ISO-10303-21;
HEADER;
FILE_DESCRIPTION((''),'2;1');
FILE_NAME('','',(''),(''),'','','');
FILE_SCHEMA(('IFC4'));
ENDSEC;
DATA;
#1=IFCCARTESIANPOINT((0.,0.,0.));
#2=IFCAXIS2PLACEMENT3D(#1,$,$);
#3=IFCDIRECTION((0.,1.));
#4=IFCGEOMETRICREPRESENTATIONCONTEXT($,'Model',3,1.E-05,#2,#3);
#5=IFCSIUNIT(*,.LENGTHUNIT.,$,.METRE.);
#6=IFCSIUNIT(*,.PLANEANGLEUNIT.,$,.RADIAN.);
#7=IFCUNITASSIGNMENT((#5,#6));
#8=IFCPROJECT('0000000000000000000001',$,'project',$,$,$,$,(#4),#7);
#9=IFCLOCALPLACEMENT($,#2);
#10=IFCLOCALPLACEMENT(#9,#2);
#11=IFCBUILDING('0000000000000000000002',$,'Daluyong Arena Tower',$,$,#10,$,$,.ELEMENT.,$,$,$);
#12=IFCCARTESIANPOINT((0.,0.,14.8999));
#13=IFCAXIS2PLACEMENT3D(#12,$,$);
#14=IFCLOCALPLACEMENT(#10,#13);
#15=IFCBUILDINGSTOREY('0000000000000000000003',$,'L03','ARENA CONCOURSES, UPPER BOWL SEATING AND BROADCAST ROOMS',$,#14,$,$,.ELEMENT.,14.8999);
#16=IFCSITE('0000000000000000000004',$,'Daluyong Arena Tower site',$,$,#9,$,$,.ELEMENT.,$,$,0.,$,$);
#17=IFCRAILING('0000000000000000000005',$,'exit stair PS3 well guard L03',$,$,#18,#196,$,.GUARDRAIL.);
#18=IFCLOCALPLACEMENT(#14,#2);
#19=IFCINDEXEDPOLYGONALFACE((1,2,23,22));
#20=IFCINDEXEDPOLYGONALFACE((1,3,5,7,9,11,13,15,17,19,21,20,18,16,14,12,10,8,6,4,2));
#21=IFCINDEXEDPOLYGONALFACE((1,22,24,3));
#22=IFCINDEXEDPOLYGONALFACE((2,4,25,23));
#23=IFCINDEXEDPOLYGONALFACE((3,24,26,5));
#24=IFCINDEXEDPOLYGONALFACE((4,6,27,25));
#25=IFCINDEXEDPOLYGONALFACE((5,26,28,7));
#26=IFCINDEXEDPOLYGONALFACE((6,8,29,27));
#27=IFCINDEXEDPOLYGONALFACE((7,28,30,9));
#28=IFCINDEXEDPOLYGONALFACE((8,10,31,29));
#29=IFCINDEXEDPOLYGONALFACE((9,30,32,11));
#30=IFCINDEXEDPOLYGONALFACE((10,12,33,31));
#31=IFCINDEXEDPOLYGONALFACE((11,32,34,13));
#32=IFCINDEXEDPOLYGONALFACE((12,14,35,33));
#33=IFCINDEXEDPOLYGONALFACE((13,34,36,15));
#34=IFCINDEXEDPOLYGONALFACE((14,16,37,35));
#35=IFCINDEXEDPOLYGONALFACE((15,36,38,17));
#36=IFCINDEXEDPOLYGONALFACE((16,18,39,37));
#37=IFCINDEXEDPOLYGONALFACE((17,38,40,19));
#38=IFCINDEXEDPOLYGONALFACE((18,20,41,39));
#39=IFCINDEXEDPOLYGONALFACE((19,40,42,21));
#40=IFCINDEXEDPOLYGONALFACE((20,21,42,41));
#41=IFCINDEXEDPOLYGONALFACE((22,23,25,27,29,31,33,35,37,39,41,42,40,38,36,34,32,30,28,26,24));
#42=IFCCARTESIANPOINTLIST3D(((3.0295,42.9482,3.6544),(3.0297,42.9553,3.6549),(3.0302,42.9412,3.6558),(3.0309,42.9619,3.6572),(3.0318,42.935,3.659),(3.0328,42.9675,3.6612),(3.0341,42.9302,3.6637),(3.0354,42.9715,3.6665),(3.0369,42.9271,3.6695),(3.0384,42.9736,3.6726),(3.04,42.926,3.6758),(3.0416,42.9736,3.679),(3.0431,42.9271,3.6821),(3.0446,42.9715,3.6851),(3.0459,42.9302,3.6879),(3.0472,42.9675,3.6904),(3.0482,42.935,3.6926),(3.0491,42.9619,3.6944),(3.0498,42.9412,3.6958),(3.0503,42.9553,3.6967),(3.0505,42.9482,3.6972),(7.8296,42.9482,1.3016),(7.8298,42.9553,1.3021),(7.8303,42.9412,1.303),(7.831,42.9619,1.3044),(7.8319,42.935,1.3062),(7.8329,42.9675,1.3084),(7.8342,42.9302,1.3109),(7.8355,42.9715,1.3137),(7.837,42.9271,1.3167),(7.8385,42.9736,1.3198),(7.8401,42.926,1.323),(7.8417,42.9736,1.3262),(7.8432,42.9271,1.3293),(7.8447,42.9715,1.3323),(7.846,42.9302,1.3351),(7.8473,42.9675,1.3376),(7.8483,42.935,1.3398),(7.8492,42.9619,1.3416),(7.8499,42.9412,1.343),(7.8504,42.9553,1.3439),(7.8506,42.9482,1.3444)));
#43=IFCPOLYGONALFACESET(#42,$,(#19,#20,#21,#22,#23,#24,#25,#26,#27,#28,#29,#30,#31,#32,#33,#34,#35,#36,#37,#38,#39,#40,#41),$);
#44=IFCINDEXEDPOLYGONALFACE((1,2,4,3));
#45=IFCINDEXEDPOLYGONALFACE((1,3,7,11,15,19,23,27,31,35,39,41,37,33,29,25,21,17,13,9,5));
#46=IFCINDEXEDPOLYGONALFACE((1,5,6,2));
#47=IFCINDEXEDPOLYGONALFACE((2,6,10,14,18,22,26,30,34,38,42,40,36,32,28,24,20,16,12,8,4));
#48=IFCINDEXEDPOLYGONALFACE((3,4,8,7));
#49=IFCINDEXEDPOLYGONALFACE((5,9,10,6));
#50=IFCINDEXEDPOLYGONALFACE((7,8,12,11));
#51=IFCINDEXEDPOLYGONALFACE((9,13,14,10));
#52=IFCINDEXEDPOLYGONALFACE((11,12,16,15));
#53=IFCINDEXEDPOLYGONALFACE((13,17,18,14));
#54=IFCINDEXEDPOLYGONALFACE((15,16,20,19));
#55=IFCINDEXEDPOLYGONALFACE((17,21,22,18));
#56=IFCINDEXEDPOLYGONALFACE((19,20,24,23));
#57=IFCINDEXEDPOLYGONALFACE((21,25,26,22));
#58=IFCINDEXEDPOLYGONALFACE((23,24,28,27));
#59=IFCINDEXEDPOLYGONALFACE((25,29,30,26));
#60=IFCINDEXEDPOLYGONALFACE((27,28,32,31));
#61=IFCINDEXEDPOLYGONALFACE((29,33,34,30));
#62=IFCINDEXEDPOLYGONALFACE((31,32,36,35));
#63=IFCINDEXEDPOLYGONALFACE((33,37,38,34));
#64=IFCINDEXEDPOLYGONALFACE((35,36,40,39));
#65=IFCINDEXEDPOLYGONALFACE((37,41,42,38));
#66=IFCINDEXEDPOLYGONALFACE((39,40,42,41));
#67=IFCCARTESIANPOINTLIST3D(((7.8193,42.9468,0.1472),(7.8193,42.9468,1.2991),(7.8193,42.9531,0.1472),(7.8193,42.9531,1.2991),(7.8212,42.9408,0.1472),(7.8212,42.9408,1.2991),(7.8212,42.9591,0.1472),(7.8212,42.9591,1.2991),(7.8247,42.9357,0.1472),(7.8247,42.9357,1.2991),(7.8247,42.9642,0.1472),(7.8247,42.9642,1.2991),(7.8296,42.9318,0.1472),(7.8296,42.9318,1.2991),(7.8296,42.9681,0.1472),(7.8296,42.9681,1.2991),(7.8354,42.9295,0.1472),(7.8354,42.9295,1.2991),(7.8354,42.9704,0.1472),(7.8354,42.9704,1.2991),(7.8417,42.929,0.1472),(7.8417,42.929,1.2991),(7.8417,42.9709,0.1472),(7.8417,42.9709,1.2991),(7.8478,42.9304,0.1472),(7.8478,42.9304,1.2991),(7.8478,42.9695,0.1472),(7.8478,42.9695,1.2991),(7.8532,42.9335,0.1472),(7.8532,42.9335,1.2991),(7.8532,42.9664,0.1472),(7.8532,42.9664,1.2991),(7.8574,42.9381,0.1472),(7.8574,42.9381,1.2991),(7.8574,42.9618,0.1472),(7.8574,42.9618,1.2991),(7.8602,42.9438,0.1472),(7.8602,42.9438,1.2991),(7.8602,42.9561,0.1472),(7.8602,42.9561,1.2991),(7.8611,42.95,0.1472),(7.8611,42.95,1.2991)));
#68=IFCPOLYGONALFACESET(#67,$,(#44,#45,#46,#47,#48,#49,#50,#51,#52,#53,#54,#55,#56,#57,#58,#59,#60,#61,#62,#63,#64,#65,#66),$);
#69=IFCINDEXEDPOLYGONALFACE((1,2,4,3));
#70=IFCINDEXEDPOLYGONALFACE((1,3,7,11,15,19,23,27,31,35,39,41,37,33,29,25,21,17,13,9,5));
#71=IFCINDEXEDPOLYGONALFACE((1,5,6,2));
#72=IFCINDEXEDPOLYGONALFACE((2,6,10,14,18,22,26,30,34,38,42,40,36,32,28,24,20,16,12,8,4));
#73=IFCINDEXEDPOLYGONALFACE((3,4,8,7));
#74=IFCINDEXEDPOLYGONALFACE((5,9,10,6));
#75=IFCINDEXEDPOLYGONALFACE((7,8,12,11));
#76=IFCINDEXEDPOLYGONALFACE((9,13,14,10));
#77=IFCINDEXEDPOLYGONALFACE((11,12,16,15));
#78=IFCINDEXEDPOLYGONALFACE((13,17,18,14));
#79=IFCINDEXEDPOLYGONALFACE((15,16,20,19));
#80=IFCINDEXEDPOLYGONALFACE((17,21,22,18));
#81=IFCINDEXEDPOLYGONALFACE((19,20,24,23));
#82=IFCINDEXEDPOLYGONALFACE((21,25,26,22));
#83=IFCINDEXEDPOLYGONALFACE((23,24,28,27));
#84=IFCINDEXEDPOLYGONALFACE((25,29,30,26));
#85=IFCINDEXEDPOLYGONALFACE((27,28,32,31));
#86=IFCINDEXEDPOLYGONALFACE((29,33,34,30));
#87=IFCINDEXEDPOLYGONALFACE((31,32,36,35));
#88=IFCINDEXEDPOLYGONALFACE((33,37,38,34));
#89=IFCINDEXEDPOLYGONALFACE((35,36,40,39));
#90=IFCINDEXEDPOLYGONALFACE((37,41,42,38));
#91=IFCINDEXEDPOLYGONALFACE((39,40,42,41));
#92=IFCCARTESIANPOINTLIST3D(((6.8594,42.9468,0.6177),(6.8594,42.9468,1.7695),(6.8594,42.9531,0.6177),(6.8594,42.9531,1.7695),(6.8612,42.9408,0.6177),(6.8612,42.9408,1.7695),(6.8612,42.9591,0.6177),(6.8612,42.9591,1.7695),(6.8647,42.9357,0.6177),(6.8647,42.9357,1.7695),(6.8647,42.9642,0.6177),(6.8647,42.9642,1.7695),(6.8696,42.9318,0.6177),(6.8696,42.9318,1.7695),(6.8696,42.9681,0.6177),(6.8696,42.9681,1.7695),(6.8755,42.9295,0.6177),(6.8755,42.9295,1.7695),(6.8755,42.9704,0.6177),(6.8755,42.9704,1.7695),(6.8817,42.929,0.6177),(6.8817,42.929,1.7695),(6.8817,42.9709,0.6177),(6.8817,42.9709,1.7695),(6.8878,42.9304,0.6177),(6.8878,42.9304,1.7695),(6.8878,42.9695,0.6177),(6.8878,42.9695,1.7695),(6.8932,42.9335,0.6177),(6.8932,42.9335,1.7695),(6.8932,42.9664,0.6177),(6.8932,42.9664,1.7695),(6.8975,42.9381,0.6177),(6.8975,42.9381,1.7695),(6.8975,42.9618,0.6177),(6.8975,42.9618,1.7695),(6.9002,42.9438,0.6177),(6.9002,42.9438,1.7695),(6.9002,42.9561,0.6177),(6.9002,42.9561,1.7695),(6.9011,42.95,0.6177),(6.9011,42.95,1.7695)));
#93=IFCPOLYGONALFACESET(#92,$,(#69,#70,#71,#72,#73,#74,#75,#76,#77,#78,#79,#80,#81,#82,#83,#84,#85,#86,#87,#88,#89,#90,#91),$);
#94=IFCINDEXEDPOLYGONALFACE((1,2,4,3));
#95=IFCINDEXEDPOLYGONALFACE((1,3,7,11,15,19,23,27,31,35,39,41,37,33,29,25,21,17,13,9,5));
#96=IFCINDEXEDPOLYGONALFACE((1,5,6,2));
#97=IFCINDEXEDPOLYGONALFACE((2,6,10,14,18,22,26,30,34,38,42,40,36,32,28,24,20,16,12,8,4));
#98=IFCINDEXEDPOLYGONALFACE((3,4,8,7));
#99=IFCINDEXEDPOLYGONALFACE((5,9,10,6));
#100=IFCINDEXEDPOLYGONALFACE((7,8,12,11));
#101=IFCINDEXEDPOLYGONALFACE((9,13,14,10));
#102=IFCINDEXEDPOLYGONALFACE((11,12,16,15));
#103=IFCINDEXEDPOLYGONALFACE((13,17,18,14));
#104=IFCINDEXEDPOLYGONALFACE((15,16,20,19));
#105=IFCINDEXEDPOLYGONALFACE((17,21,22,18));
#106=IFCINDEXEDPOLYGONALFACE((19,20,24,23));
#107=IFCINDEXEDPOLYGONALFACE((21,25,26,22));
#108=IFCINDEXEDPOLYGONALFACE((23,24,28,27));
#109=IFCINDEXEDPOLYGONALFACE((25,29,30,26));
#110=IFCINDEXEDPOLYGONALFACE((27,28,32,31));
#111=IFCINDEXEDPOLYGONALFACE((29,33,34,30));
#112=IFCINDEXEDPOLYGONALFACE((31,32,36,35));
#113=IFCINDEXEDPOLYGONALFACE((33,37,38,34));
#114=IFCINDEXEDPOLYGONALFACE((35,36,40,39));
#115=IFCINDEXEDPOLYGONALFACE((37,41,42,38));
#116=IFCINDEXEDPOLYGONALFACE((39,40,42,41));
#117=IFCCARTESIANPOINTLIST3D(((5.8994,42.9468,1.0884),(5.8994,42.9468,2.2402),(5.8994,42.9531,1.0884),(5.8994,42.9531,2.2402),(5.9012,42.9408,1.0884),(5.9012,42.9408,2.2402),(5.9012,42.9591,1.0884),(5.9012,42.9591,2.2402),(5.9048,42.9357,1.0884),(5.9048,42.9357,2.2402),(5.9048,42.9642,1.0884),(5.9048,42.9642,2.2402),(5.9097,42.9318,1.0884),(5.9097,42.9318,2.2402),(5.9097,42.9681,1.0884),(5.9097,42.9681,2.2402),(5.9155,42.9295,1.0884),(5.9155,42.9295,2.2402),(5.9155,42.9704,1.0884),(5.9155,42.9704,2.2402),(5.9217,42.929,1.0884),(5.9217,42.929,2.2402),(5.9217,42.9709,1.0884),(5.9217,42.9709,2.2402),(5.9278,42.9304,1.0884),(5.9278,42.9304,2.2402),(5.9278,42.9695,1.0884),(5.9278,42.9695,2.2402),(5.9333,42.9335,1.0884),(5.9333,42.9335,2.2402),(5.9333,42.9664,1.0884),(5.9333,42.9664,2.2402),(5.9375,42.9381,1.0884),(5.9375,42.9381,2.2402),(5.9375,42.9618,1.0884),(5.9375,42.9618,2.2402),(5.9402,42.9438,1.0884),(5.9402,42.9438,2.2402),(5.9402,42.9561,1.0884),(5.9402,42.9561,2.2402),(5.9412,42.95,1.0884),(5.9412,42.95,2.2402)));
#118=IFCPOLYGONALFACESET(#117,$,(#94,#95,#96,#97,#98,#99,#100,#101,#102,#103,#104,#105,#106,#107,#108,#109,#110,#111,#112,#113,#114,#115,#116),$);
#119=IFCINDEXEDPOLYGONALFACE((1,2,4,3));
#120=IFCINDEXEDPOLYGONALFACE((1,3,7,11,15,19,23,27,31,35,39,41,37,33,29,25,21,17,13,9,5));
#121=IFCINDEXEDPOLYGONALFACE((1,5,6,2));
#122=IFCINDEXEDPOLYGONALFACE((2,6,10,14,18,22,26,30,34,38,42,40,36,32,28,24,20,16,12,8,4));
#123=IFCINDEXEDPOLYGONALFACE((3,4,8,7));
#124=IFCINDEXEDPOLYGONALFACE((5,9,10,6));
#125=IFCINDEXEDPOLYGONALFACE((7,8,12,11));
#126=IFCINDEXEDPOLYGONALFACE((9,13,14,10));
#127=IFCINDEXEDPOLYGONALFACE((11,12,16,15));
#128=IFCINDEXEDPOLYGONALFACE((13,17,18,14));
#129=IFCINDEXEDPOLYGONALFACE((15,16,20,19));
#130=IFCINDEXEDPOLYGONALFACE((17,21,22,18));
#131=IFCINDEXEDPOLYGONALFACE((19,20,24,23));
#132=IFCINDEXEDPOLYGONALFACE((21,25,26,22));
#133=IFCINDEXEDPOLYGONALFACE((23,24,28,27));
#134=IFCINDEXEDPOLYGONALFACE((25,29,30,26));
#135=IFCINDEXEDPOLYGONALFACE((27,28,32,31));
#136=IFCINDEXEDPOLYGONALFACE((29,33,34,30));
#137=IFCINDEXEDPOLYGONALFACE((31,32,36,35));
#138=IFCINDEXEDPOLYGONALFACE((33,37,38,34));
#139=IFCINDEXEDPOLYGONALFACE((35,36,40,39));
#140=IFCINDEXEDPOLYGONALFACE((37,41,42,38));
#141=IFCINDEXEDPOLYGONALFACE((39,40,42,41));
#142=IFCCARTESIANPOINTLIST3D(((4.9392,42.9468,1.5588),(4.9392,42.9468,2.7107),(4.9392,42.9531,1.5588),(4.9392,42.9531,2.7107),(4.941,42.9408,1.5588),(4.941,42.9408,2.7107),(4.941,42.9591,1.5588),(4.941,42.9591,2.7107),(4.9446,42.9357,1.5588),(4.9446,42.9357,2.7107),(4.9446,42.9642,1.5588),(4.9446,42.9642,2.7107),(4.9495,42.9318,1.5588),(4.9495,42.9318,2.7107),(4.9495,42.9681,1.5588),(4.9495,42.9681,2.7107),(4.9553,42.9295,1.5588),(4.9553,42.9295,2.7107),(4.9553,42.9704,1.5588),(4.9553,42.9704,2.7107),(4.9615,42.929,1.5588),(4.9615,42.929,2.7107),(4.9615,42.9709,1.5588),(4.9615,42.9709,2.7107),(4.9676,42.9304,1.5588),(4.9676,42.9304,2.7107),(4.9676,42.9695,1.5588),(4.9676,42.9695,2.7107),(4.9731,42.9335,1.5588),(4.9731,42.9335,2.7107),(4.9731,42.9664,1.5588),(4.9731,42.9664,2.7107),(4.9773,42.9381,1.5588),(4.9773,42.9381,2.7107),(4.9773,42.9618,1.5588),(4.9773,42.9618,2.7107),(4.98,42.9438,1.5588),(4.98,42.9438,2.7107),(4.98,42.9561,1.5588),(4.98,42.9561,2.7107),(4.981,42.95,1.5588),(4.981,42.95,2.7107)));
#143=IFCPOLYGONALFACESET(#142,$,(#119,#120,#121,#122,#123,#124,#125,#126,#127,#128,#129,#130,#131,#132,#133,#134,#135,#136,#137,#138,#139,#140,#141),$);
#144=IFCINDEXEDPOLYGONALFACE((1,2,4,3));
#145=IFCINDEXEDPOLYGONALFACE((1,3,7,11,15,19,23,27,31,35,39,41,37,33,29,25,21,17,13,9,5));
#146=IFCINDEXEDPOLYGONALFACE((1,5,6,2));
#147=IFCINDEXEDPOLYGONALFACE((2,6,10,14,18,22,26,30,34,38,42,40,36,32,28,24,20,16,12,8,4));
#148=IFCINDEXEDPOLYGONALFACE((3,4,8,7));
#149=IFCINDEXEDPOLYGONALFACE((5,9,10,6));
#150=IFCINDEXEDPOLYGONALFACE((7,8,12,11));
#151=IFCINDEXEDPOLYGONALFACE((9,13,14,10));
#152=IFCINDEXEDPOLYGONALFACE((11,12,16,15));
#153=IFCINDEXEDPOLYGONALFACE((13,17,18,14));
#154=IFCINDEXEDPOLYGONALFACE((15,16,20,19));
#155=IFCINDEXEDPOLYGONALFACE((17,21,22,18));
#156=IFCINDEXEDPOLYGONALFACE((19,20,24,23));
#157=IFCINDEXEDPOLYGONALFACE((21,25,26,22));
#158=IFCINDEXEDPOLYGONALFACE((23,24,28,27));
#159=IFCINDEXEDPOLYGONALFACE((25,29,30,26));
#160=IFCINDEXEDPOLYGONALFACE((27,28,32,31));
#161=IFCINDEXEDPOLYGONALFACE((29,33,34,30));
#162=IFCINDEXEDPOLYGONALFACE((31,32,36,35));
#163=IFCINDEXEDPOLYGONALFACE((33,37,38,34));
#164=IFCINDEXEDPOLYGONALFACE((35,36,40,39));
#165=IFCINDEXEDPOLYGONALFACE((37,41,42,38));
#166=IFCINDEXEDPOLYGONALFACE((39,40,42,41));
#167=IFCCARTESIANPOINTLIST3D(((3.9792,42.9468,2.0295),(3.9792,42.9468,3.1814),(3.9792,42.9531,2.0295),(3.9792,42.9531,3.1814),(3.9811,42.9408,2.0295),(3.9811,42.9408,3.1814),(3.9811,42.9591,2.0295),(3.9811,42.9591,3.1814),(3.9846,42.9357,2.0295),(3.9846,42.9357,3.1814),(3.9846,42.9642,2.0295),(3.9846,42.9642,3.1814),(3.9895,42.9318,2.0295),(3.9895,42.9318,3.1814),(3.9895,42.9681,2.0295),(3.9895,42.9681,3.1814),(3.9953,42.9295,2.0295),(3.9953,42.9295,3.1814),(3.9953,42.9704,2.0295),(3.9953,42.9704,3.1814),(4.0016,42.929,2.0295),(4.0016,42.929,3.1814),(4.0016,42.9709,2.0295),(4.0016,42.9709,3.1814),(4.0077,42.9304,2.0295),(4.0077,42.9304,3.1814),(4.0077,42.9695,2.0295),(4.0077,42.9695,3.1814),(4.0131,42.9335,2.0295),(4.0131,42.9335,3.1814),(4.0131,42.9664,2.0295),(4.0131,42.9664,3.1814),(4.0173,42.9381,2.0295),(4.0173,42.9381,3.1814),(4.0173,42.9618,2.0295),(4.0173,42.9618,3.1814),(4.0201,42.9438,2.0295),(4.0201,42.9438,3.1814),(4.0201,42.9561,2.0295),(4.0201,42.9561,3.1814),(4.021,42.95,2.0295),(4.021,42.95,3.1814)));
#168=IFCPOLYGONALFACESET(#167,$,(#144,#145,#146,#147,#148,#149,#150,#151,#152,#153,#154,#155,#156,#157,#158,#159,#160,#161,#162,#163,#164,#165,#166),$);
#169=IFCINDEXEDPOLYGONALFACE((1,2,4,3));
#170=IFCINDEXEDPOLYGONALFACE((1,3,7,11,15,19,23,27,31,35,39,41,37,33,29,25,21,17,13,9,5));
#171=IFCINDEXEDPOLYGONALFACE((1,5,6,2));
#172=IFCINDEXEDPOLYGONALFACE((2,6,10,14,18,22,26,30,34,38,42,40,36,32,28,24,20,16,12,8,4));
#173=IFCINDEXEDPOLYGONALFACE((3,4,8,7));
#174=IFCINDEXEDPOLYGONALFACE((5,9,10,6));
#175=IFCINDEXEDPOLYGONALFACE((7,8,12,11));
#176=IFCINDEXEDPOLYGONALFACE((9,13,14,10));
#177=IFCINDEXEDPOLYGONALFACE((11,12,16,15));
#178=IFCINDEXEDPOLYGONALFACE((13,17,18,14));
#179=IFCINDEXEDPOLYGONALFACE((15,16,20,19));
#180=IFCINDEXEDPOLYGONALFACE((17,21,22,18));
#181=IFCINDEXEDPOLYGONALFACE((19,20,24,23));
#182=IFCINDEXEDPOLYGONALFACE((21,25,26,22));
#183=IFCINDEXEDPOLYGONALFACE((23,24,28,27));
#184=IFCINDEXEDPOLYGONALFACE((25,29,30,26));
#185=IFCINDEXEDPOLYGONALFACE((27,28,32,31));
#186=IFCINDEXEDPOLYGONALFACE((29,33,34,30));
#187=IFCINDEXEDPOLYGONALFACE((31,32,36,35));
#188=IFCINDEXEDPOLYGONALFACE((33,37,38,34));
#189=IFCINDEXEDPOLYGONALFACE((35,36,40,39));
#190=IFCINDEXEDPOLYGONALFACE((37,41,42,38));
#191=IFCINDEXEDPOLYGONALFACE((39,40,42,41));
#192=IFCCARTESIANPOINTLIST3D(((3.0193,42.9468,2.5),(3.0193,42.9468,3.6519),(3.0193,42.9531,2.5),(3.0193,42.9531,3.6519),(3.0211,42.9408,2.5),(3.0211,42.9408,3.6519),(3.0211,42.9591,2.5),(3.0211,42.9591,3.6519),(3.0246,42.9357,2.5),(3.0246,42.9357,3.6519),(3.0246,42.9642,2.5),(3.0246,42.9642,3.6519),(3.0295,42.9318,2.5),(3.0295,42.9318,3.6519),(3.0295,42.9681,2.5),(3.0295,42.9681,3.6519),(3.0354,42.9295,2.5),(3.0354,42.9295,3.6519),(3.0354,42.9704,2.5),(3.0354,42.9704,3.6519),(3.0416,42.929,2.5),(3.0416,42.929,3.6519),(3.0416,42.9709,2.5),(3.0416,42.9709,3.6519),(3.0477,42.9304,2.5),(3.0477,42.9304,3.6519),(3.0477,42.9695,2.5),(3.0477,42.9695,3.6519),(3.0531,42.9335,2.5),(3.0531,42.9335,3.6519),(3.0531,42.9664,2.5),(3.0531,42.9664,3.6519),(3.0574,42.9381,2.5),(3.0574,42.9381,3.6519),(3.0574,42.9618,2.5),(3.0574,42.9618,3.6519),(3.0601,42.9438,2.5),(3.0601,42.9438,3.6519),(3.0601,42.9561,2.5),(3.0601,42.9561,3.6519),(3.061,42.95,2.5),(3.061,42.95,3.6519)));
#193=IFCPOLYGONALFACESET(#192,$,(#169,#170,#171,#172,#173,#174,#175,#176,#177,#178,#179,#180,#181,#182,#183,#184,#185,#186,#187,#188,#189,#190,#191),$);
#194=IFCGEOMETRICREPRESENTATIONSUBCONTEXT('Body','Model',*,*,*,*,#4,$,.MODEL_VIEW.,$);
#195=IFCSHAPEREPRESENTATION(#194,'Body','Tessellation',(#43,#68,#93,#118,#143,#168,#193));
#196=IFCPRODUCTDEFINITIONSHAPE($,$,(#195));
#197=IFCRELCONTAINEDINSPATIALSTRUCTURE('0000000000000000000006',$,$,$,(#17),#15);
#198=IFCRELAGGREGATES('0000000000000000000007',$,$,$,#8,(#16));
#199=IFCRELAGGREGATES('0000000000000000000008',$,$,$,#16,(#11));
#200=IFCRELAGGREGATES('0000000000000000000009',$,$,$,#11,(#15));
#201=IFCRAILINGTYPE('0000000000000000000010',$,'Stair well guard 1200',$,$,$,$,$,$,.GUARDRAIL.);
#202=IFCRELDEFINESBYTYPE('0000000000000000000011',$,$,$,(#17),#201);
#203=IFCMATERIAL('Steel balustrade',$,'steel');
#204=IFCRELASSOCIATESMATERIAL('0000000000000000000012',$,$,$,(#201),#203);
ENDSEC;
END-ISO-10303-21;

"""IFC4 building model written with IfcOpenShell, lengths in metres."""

from ifc_helpers import new_model, si_unit, direction, frame, origin, origin_2d, place, context, subcontext, project, spatial, circle, extrude, material, type_object, element, save


model = new_model("IFC4")

# Units and contexts
model_context = context("Model", 3, precision=1e-05, world=origin(), true_north=direction((0.0, 1.0)))
body_context = subcontext(model_context, "Body", "Model", "MODEL_VIEW")
ifc_project = project(units=[si_unit("LENGTHUNIT", "METRE"), si_unit("PLANEANGLEUNIT", "RADIAN")], contexts=[model_context])

# Site, building, storey
site_placement = place(None, origin())
site = spatial("IfcSite", under=ifc_project, at=site_placement, Name="Daluyong Arena Tower site", CompositionType="ELEMENT", RefElevation=0.0)
building_placement = place(site_placement, origin())
building = spatial("IfcBuilding", under=site, at=building_placement, Name="Daluyong Arena Tower", CompositionType="ELEMENT")
storey_placement = place(building_placement, frame((0.0, 0.0, 14.8999)))
storey = spatial("IfcBuildingStorey", under=building, at=storey_placement, Name="L03", Description="ARENA CONCOURSES, UPPER BOWL SEATING AND BROADCAST ROOMS", CompositionType="ELEMENT", Elevation=14.8999)

# Railing
ifc_material_1 = material(Name="Steel balustrade", Category="steel")
railing_type_1 = type_object("IfcRailingType", Name="Stair well guard 1200", PredefinedType="GUARDRAIL", material=ifc_material_1)
railing_1_placement = place(storey_placement, frame((7.8401, 42.95, 0.1472)))
element("IfcRailing", 1, at=railing_1_placement, inside=storey, type_object=railing_type_1, Name="exit stair PS3 well guard L03", PredefinedType="GUARDRAIL", context=body_context, shape_type="SweptSolid", body=[
    extrude(circle(Radius=0.0239, at=origin_2d()), frame((0.0, 0.0, 1.1758), z_axis=(-0.897934, 0.0, 0.44013), x_axis=(0.0, -1.0, 0.0)), (0.0, 0.0, 1.0), 5.3457),
    extrude(circle(Radius=0.021, at=origin_2d()), origin(), (0.0, 0.0, 1.0), 1.1519),
    extrude(circle(Radius=0.021, at=origin_2d()), frame((-0.96, 0.0, 0.4705)), (0.0, 0.0, 1.0), 1.1519),
    extrude(circle(Radius=0.021, at=origin_2d()), frame((-1.9199, 0.0, 0.9412)), (0.0, 0.0, 1.0), 1.1519),
    extrude(circle(Radius=0.021, at=origin_2d()), frame((-2.8801, 0.0, 1.4116)), (0.0, 0.0, 1.0), 1.1519),
    extrude(circle(Radius=0.021, at=origin_2d()), frame((-3.8401, 0.0, 1.8823)), (0.0, 0.0, 1.0), 1.1519),
    extrude(circle(Radius=0.021, at=origin_2d()), frame((-4.8, 0.0, 2.3528)), (0.0, 0.0, 1.0), 1.1519),
])

save(model, "model.ifc")
